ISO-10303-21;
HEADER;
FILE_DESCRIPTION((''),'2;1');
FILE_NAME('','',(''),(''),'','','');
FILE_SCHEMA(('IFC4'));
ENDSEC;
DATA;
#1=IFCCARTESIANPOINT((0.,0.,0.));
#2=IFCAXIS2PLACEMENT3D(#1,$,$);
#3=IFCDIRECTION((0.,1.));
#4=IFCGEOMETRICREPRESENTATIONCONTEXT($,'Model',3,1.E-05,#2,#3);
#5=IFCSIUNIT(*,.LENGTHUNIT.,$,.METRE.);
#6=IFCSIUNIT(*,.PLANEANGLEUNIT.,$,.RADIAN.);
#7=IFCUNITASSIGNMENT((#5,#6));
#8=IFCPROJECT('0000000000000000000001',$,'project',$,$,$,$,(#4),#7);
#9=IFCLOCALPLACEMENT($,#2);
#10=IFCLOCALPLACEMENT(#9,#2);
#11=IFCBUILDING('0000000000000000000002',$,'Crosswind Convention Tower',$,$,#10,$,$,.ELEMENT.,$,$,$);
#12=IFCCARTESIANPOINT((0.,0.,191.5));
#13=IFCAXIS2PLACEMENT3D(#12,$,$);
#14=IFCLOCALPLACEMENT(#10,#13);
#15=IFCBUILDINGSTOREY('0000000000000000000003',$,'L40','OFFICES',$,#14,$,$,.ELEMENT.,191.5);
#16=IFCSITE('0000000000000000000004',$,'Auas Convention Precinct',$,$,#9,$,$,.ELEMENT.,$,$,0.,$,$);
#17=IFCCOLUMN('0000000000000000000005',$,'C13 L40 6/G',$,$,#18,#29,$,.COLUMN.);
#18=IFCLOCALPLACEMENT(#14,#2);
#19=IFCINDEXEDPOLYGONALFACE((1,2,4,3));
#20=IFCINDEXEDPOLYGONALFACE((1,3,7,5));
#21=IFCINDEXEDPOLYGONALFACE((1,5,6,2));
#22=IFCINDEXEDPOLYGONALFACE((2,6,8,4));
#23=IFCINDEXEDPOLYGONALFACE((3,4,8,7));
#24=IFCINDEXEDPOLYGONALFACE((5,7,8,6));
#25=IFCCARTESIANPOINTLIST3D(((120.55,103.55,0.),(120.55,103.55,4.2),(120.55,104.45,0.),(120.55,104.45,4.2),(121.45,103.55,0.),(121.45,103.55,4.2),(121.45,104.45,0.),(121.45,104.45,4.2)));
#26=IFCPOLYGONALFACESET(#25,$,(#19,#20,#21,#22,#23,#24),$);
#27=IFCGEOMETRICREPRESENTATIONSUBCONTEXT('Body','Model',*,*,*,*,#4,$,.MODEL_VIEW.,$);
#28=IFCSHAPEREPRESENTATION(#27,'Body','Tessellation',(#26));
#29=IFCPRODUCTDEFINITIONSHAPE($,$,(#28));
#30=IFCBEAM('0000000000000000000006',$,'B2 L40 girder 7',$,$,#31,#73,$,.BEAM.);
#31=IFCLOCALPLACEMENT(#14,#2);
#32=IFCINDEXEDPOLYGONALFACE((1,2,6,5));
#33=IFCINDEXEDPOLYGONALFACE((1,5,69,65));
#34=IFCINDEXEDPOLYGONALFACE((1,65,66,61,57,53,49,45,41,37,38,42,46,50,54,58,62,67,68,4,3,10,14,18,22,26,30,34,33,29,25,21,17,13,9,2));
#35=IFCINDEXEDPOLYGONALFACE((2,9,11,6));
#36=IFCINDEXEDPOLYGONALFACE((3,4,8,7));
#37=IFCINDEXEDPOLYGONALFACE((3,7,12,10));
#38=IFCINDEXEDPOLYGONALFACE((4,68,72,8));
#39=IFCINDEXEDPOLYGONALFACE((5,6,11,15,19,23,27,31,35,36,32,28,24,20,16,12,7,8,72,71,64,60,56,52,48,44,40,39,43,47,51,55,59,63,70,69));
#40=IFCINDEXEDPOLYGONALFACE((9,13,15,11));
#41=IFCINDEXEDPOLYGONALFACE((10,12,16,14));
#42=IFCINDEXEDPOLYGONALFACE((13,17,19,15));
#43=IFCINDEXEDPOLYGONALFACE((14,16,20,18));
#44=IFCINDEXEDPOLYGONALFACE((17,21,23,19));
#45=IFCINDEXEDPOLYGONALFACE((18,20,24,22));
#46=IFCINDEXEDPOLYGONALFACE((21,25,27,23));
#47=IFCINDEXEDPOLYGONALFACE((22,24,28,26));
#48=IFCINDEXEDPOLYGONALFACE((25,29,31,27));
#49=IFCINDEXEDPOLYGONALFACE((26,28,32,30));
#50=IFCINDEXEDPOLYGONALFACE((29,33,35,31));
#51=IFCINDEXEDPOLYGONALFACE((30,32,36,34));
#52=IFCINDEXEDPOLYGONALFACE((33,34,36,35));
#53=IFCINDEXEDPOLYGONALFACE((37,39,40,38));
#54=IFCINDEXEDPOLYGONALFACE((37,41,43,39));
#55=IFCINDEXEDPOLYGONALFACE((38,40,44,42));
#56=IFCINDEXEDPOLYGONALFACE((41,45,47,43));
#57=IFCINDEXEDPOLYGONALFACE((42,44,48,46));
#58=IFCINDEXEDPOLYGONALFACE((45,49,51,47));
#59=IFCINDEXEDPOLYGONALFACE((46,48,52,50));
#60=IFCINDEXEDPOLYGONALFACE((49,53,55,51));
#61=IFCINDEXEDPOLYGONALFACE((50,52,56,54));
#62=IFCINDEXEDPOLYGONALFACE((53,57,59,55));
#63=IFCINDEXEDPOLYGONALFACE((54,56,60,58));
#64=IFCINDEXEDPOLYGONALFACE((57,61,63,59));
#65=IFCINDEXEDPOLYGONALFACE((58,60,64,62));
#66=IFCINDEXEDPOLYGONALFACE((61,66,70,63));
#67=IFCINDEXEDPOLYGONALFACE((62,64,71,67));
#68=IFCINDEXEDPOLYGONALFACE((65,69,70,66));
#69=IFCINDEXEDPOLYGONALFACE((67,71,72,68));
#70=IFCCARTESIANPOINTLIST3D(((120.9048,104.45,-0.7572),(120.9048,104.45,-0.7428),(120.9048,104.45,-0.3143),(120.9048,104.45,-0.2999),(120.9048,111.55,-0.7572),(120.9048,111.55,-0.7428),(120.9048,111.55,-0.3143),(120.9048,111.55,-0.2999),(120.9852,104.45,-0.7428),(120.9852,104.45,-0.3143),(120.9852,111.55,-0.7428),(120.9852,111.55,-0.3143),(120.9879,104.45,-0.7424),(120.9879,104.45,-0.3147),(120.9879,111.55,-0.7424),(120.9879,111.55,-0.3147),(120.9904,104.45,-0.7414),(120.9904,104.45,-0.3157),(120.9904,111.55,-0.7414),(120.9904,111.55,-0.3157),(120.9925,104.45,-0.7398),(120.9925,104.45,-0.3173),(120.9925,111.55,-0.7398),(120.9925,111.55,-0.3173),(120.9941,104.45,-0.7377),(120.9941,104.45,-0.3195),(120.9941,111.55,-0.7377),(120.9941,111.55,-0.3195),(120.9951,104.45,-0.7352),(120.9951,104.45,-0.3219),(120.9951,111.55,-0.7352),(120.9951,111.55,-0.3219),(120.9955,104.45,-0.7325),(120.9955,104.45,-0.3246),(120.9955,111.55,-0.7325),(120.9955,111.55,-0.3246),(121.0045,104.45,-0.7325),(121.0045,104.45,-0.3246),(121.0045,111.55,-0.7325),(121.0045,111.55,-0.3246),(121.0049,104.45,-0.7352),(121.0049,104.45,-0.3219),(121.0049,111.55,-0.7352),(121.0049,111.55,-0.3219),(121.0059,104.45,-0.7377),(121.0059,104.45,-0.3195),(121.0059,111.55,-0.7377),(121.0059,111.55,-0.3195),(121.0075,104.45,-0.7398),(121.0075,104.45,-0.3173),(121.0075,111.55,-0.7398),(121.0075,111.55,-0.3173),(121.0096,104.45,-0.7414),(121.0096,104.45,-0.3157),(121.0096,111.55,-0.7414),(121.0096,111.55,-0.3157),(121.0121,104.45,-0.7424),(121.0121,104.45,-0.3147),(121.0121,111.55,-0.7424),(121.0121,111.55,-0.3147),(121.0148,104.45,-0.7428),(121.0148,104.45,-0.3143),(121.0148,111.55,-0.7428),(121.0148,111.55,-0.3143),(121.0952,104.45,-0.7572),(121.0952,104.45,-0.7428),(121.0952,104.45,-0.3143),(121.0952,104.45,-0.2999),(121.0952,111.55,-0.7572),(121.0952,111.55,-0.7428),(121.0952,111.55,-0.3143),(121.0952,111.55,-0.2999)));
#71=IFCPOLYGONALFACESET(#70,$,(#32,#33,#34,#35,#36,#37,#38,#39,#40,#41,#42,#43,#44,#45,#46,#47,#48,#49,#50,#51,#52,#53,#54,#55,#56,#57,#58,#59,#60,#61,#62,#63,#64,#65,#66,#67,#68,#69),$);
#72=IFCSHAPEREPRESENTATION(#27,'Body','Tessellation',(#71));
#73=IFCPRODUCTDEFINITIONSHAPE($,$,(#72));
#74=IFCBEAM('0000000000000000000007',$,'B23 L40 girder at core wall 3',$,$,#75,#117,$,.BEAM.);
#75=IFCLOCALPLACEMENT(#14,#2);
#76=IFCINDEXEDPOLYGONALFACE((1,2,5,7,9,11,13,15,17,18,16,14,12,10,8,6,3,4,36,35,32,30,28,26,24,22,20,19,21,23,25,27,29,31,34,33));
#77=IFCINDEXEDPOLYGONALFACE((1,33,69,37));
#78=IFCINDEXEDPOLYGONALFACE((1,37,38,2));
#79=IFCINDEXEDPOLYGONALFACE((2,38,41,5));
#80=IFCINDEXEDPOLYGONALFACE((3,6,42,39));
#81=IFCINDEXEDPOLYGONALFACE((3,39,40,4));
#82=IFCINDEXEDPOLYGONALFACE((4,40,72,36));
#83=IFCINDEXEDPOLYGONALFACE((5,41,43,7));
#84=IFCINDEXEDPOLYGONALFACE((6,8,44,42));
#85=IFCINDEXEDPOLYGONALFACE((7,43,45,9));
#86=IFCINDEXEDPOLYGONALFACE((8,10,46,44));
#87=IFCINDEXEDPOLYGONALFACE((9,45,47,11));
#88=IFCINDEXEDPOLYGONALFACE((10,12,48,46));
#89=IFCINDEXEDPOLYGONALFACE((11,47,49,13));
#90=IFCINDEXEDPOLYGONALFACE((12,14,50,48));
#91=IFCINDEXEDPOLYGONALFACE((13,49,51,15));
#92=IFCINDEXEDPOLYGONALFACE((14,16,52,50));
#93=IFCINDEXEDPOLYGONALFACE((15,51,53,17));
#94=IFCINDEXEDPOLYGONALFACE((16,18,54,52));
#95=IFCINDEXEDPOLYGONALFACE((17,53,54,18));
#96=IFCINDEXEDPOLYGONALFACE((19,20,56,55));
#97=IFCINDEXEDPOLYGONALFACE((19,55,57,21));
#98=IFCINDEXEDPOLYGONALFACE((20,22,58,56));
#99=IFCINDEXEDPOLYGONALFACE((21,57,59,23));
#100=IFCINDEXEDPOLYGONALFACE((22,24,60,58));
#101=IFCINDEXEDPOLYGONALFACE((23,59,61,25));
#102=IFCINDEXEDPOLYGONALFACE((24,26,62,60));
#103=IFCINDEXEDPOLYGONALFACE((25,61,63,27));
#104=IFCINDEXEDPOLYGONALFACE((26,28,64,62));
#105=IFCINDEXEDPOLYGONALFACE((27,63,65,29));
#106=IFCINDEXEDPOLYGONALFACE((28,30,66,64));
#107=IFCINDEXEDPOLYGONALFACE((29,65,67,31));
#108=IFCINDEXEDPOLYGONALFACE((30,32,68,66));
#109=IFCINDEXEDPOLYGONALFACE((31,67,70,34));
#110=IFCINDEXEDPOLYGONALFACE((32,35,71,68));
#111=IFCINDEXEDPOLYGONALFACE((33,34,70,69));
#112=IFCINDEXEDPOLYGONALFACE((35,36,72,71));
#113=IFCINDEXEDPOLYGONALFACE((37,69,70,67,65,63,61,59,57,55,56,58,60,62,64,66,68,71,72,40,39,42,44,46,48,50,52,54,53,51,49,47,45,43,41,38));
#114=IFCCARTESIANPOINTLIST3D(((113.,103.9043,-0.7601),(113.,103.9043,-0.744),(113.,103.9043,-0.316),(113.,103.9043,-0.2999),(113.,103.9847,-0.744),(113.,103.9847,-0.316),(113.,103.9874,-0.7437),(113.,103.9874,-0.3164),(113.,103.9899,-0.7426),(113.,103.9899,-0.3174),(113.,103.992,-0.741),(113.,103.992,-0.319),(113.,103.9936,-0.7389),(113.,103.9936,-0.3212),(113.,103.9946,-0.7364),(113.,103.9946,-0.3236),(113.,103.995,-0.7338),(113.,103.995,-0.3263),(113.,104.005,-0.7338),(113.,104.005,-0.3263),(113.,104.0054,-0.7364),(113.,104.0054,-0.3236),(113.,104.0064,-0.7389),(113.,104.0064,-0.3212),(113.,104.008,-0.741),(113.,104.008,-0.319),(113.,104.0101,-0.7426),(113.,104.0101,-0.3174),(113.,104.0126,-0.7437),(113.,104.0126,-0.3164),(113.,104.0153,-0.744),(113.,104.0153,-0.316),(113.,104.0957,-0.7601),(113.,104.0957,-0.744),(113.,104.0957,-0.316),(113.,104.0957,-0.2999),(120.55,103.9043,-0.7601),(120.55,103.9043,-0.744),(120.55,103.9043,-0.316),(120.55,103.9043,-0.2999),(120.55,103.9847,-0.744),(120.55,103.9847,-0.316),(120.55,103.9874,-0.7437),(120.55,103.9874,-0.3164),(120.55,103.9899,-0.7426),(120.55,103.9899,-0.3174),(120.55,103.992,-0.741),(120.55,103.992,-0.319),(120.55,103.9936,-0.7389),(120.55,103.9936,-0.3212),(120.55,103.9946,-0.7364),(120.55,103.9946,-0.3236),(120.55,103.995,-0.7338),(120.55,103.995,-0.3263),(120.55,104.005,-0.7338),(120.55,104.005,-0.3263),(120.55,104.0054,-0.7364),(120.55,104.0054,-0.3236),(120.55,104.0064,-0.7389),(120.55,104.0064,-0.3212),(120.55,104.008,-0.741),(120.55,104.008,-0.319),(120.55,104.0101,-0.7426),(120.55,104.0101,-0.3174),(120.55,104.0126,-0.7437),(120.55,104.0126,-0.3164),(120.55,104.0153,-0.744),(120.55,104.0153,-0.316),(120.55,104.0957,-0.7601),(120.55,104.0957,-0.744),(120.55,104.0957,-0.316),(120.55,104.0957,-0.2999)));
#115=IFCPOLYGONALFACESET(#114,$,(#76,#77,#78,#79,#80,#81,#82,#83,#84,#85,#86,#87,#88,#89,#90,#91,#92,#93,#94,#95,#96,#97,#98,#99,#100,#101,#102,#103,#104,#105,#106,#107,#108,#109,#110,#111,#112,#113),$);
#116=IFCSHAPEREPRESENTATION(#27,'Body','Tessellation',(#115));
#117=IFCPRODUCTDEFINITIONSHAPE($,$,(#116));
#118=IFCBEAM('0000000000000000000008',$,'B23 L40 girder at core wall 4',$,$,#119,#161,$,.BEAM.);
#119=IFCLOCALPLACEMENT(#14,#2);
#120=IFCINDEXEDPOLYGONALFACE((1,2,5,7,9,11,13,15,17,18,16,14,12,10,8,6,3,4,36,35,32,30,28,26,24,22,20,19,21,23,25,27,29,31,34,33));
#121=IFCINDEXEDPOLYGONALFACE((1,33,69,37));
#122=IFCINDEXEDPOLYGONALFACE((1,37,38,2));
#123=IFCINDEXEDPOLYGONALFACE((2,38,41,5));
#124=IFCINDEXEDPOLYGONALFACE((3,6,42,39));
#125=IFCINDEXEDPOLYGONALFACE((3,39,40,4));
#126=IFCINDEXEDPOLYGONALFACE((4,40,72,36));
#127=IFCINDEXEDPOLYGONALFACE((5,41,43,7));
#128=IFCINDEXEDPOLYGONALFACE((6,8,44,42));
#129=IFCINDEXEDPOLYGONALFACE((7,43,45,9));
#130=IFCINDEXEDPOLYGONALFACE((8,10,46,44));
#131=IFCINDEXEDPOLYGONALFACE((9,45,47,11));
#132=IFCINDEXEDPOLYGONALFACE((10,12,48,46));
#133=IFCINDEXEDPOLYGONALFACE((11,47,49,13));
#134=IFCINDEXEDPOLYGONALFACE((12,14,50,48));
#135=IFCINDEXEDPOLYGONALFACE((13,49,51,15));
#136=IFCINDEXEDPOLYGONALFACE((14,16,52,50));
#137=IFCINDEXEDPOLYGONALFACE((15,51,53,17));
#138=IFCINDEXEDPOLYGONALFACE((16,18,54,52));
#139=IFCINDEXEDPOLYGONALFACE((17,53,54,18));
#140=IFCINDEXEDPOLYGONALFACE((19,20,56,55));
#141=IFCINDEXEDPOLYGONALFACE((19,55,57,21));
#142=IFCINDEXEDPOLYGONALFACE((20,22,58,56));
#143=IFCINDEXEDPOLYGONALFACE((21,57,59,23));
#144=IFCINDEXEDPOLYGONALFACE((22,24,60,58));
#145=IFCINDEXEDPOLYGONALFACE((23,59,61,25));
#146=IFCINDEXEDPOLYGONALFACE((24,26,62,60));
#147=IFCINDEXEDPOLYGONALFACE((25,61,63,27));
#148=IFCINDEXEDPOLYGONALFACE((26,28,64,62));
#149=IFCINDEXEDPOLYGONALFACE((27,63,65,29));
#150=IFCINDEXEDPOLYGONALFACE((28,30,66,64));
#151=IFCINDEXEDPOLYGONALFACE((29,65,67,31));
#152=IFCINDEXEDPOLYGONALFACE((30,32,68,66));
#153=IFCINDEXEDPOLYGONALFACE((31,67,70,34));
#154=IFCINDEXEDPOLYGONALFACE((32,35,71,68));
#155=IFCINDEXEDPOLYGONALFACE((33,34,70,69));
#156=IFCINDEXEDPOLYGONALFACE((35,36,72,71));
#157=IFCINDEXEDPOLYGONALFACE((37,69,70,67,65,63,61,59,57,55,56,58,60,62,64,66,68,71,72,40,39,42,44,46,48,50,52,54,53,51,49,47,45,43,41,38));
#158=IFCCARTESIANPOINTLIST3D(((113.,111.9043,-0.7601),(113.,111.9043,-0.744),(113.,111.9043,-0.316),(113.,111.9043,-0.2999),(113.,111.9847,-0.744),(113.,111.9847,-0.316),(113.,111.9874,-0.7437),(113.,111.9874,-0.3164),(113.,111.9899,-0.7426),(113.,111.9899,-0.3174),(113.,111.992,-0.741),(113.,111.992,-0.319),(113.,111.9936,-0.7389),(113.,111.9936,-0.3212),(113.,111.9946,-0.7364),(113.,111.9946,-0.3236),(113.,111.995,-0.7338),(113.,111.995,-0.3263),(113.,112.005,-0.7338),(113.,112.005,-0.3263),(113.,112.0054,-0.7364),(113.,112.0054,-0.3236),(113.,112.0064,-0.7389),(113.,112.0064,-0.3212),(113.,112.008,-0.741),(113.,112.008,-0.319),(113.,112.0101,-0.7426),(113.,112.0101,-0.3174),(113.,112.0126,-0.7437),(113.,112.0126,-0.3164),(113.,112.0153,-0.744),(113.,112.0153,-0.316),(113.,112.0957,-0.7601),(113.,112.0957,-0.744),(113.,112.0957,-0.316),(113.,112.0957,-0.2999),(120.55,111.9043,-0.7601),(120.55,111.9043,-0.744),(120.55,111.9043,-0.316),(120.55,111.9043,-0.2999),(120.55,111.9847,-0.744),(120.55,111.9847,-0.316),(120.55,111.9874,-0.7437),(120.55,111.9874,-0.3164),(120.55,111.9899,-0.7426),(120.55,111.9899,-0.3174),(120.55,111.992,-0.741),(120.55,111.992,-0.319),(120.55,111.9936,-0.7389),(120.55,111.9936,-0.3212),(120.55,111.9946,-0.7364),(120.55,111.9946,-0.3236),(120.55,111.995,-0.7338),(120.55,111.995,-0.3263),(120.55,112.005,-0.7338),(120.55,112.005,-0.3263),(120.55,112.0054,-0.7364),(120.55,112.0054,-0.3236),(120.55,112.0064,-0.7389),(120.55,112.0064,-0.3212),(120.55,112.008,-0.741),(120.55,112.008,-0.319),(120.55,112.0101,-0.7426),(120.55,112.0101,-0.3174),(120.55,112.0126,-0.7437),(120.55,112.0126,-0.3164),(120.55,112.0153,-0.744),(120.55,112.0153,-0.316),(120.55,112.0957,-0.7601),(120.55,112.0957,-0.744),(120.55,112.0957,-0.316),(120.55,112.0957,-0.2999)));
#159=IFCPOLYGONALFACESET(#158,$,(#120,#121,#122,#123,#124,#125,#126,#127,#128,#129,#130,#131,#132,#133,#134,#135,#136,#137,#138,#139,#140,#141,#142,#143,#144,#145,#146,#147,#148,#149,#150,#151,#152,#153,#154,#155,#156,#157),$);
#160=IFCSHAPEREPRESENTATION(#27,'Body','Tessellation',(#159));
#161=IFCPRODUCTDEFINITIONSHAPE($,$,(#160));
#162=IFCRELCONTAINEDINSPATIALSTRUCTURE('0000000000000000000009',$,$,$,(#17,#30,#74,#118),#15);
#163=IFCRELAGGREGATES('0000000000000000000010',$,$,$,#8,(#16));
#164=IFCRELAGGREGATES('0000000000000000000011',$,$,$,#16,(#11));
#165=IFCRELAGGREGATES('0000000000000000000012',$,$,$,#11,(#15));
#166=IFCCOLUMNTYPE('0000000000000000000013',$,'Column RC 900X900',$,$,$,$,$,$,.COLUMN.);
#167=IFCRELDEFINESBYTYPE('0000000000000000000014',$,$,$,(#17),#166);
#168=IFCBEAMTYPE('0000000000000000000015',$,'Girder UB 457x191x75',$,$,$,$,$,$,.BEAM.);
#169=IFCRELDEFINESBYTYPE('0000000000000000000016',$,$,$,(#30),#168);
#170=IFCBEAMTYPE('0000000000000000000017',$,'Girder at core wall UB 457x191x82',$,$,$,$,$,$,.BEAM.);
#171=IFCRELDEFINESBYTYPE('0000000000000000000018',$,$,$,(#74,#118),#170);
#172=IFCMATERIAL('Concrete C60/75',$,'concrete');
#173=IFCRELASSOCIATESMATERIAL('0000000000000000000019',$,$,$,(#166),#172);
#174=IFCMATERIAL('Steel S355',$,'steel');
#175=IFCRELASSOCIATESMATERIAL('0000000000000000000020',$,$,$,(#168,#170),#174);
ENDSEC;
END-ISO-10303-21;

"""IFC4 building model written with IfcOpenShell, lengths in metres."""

from ifc_helpers import new_model, si_unit, direction, frame, origin, origin_2d, place, context, subcontext, project, spatial, rectangle, i_section, extrude, material, material_profile, profile_set, type_object, element, save


model = new_model("IFC4")

# Units and contexts
model_context = context("Model", 3, precision=1e-05, world=origin(), true_north=direction((0.0, 1.0)))
body_context = subcontext(model_context, "Body", "Model", "MODEL_VIEW")
ifc_project = project(units=[si_unit("LENGTHUNIT", "METRE"), si_unit("PLANEANGLEUNIT", "RADIAN")], contexts=[model_context])

# Site, building, storey
site_placement = place(None, origin())
site = spatial("IfcSite", under=ifc_project, at=site_placement, Name="Auas Convention Precinct", CompositionType="ELEMENT", RefElevation=0.0)
building_placement = place(site_placement, origin())
building = spatial("IfcBuilding", under=site, at=building_placement, Name="Crosswind Convention Tower", CompositionType="ELEMENT")
storey_placement = place(building_placement, frame((0.0, 0.0, 191.5)))
storey = spatial("IfcBuildingStorey", under=building, at=storey_placement, Name="L40", Description="OFFICES", CompositionType="ELEMENT", Elevation=191.5)

# Column
ifc_material_1 = material(Name="Concrete C60/75", Category="concrete")
ifc_material_profile_1 = material_profile(ifc_material_1, rectangle(XDim=0.8999, YDim=0.8999, at=origin_2d()), Name="RC 900X900")
ifc_profile_set_1 = profile_set([ifc_material_profile_1], Name="Concrete C60/75")
column_type = type_object("IfcColumnType", Name="Column RC 900X900", PredefinedType="COLUMN", material=ifc_profile_set_1)
column_placement = place(storey_placement, frame((121.0, 104.0, 0.0), z_axis=(0.0, 0.0, 1.0), x_axis=(1.0, 0.0, 0.0)))
element("IfcColumn", 1, at=column_placement, inside=storey, type_object=column_type, Name="C13 L40 6/G", PredefinedType="COLUMN", context=body_context, shape_type="SweptSolid", body=[
    extrude(rectangle(XDim=0.8999, YDim=0.8999, at=origin_2d()), origin(), (0.0, 0.0, 1.0), 4.2),
])

# Beams
ifc_material_2 = material(Name="Steel S355", Category="steel")
ifc_material_profile_2 = material_profile(ifc_material_2, i_section(OverallWidth=0.1904, OverallDepth=0.4573, WebThickness=0.009, FlangeThickness=0.0144, FilletRadius=0.0103, at=origin_2d()), Name="UB 457x191x75")
ifc_profile_set_2 = profile_set([ifc_material_profile_2], Name="Steel S355")
beam_type_1 = type_object("IfcBeamType", Name="Girder UB 457x191x75", PredefinedType="BEAM", material=ifc_profile_set_2)
beam_placement = place(storey_placement, frame((121.0, 104.45, -0.5286), z_axis=(0.0, 1.0, 0.0), x_axis=(-1.0, 0.0, 0.0)))
element("IfcBeam", 2, at=beam_placement, inside=storey, type_object=beam_type_1, Name="B2 L40 girder 7", PredefinedType="BEAM", context=body_context, shape_type="SweptSolid", body=[
    extrude(i_section(OverallWidth=0.1904, OverallDepth=0.4573, WebThickness=0.009, FlangeThickness=0.0144, FilletRadius=0.0103, at=origin_2d()), origin(), (0.0, 0.0, 1.0), 7.1001),
])
ifc_material_profile_3 = material_profile(ifc_material_2, i_section(OverallWidth=0.1914, OverallDepth=0.4602, WebThickness=0.01, FlangeThickness=0.0161, FilletRadius=0.0103, at=origin_2d()), Name="UB 457x191x82")
ifc_profile_set_3 = profile_set([ifc_material_profile_3], Name="Steel S355")
beam_type_2 = type_object("IfcBeamType", Name="Girder at core wall UB 457x191x82", PredefinedType="BEAM", material=ifc_profile_set_3)
for number, where, z_axis, x_axis, name in (
    (3, (113.0, 104.0, -0.53), (1.0, 0.0, 0.0), (0.0, 1.0, 0.0), "B23 L40 girder at core wall 3"),
    (4, (113.0, 112.0, -0.53), (1.0, 0.0, 0.0), (0.0, 1.0, 0.0), "B23 L40 girder at core wall 4"),
):
    element("IfcBeam", number, at=place(storey_placement, frame(where, z_axis=z_axis, x_axis=x_axis)), inside=storey, type_object=beam_type_2, Name=name, PredefinedType="BEAM", context=body_context, shape_type="SweptSolid", body=[
        extrude(i_section(OverallWidth=0.1914, OverallDepth=0.4602, WebThickness=0.01, FlangeThickness=0.0161, FilletRadius=0.0103, at=origin_2d()), origin(), (0.0, 0.0, 1.0), 7.55),
    ])

save(model, "model.ifc")
